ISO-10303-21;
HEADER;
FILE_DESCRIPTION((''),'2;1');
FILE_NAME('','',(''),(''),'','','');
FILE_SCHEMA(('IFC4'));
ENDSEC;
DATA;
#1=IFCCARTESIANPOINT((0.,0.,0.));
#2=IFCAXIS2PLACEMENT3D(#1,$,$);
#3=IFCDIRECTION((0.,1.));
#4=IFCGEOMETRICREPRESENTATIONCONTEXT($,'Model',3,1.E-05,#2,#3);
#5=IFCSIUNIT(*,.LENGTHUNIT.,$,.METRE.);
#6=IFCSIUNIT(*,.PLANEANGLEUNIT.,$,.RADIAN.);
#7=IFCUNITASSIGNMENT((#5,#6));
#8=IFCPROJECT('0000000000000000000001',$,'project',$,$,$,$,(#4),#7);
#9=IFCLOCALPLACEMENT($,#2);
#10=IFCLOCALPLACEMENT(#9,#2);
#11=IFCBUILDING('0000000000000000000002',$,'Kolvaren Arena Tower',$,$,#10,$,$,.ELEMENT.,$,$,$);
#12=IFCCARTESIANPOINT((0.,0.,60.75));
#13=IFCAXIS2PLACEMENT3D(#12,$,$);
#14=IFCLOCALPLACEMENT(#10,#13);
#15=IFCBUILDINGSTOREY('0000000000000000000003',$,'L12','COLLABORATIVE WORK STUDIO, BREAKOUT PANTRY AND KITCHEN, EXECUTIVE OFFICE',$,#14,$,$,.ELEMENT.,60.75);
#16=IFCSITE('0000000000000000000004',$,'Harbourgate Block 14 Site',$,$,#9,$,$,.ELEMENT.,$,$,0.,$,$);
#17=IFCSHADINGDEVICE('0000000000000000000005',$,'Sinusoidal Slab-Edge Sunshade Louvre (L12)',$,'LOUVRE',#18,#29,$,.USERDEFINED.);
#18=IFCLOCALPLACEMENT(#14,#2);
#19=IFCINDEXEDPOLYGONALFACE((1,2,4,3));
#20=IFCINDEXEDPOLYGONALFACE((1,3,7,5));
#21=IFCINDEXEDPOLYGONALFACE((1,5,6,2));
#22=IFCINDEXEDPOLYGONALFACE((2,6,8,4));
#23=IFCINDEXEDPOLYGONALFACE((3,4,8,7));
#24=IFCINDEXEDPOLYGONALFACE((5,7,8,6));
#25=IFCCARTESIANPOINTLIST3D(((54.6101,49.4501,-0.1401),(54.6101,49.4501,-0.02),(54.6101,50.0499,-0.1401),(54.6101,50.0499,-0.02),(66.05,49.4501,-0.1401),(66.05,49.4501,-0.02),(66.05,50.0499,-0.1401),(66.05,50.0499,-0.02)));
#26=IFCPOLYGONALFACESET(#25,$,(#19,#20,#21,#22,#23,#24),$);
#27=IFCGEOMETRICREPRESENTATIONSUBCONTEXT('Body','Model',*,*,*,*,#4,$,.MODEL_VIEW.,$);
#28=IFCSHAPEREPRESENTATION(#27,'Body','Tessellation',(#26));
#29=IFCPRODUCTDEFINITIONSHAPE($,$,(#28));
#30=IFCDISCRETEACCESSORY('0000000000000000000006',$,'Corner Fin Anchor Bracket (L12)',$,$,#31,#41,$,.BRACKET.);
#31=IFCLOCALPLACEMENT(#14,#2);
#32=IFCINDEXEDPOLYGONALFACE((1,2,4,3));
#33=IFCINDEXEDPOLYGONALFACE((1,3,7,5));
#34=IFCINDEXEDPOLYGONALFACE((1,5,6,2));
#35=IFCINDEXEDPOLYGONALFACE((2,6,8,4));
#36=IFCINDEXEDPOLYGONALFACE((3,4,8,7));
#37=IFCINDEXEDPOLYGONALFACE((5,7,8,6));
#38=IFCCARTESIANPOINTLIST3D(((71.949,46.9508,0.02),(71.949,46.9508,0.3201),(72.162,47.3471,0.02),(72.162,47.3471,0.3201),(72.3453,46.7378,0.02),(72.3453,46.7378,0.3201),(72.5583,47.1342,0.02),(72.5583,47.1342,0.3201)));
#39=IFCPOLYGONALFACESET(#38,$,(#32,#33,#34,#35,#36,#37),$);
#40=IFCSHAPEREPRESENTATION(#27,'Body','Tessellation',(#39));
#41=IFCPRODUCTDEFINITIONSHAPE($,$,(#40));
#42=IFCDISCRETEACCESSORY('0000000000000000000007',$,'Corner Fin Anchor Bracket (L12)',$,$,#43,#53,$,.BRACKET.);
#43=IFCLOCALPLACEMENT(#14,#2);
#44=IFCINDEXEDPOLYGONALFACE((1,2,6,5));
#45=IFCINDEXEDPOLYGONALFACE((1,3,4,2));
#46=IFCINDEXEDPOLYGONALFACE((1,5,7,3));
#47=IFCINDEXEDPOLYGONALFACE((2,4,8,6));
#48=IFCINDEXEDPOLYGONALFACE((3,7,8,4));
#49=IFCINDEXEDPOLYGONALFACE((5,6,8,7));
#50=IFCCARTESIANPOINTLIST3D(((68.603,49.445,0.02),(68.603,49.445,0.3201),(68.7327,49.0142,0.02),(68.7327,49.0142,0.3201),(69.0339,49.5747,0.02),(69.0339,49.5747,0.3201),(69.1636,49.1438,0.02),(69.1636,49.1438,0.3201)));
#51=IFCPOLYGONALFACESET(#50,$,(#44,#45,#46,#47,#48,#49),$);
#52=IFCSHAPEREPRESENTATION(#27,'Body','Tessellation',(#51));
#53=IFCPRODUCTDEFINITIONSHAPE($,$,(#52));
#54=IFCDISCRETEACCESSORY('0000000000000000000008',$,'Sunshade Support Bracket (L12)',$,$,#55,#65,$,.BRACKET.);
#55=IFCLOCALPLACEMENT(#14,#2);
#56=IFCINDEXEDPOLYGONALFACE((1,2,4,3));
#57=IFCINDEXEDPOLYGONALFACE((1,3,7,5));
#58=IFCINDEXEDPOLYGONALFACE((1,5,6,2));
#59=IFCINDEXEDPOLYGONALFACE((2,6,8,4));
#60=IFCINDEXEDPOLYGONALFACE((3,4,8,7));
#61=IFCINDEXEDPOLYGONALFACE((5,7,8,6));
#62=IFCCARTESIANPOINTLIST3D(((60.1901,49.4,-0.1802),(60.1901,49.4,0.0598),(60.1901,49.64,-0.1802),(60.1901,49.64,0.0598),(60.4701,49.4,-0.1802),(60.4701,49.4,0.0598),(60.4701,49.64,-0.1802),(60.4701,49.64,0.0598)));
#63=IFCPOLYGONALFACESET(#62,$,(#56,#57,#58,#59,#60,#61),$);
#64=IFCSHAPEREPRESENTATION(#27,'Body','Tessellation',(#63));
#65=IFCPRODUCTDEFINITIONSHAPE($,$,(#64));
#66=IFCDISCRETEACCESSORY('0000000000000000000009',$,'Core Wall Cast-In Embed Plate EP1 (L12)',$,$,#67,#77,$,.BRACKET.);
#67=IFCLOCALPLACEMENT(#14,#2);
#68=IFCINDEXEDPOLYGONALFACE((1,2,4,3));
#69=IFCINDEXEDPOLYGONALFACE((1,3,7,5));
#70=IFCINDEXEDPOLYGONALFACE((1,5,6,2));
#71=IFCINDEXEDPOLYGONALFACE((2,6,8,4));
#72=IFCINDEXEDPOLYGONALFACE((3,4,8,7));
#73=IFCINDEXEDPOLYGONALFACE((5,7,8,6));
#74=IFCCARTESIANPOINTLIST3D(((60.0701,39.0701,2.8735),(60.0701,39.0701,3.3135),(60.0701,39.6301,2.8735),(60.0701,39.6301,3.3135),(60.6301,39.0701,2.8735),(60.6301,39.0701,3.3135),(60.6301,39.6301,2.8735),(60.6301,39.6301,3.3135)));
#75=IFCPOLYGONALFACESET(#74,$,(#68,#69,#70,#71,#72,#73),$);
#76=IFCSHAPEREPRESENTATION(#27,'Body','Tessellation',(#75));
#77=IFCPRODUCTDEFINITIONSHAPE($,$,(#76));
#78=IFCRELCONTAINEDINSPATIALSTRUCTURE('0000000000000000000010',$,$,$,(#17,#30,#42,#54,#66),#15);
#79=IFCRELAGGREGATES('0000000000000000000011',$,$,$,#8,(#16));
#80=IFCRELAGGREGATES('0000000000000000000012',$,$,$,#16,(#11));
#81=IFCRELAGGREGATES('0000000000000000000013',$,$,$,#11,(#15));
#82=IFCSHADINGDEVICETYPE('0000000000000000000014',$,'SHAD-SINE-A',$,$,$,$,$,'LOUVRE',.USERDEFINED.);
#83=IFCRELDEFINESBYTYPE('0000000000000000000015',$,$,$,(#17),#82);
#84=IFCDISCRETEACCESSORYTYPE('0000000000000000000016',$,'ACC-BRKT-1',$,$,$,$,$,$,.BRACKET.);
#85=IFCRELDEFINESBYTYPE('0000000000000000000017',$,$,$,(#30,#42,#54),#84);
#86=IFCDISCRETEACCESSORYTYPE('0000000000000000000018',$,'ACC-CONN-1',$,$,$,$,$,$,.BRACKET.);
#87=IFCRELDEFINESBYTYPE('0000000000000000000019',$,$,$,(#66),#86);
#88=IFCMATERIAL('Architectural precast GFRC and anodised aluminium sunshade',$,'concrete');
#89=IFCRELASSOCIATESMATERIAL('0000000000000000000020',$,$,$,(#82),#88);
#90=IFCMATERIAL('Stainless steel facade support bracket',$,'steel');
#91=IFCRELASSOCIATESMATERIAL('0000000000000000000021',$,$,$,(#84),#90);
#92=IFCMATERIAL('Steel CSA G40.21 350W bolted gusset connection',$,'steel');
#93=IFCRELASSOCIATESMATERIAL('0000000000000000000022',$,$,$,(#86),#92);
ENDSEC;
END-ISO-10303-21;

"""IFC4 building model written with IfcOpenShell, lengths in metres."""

from ifc_helpers import new_model, si_unit, direction, frame, origin, origin_2d, place, context, subcontext, project, spatial, rectangle, extrude, material, type_object, element, save


model = new_model("IFC4")

# Units and contexts
model_context = context("Model", 3, precision=1e-05, world=origin(), true_north=direction((0.0, 1.0)))
body_context = subcontext(model_context, "Body", "Model", "MODEL_VIEW")
ifc_project = project(units=[si_unit("LENGTHUNIT", "METRE"), si_unit("PLANEANGLEUNIT", "RADIAN")], contexts=[model_context])

# Site, building, storey
site_placement = place(None, origin())
site = spatial("IfcSite", under=ifc_project, at=site_placement, Name="Harbourgate Block 14 Site", CompositionType="ELEMENT", RefElevation=0.0)
building_placement = place(site_placement, origin())
building = spatial("IfcBuilding", under=site, at=building_placement, Name="Kolvaren Arena Tower", CompositionType="ELEMENT")
storey_placement = place(building_placement, frame((0.0, 0.0, 60.75)))
storey = spatial("IfcBuildingStorey", under=building, at=storey_placement, Name="L12", Description="COLLABORATIVE WORK STUDIO, BREAKOUT PANTRY AND KITCHEN, EXECUTIVE OFFICE", CompositionType="ELEMENT", Elevation=60.75)

# Shading device
ifc_material_1 = material(Name="Architectural precast GFRC and anodised aluminium sunshade", Category="concrete")
shading_device_type_1 = type_object("IfcShadingDeviceType", Name="SHAD-SINE-A", ElementType="LOUVRE", PredefinedType="USERDEFINED", material=ifc_material_1)
shading_device_placement = place(storey_placement, frame((60.3301, 49.75, -0.1401), z_axis=(0.0, 0.0, 1.0), x_axis=(1.0, 0.0, 0.0)))
element("IfcShadingDevice", 1, at=shading_device_placement, inside=storey, type_object=shading_device_type_1, Name="Sinusoidal Slab-Edge Sunshade Louvre (L12)", ObjectType="LOUVRE", PredefinedType="USERDEFINED", context=body_context, shape_type="SweptSolid", body=[
    extrude(rectangle(XDim=11.4399, YDim=0.5999, at=origin_2d()), origin(), (0.0, 0.0, 1.0), 0.1201),
])

# Discrete accessories
ifc_material_2 = material(Name="Stainless steel facade support bracket", Category="steel")
discrete_accessory_type_1 = type_object("IfcDiscreteAccessoryType", Name="ACC-BRKT-1", PredefinedType="BRACKET", material=ifc_material_2)
for number, where, z_axis, x_axis, name in (
    (2, (72.2537, 47.0425, 0.02), (0.0, 0.0, 1.0), (0.473349, 0.880875, 0.0), "Corner Fin Anchor Bracket (L12)"),
    (3, (68.8833, 49.2944, 0.02), (0.0, 0.0, 1.0), (-0.288175, 0.957578, 0.0), "Corner Fin Anchor Bracket (L12)"),
):
    element("IfcDiscreteAccessory", number, at=place(storey_placement, frame(where, z_axis=z_axis, x_axis=x_axis)), inside=storey, type_object=discrete_accessory_type_1, Name=name, PredefinedType="BRACKET", context=body_context, shape_type="SweptSolid", body=[
        extrude(rectangle(XDim=0.45, YDim=0.45, at=origin_2d()), origin(), (0.0, 0.0, 1.0), 0.3),
    ])
discrete_accessory_1_placement = place(storey_placement, frame((60.3301, 49.52, -0.1802), z_axis=(0.0, 0.0, 1.0), x_axis=(1.0, 0.0, 0.0)))
element("IfcDiscreteAccessory", 4, at=discrete_accessory_1_placement, inside=storey, type_object=discrete_accessory_type_1, Name="Sunshade Support Bracket (L12)", PredefinedType="BRACKET", context=body_context, shape_type="SweptSolid", body=[
    extrude(rectangle(XDim=0.28, YDim=0.24, at=origin_2d()), origin(), (0.0, 0.0, 1.0), 0.24),
])
ifc_material_3 = material(Name="Steel CSA G40.21 350W bolted gusset connection", Category="steel")
discrete_accessory_type_2 = type_object("IfcDiscreteAccessoryType", Name="ACC-CONN-1", PredefinedType="BRACKET", material=ifc_material_3)
discrete_accessory_2_placement = place(storey_placement, frame((60.3501, 39.3501, 2.8735), z_axis=(0.0, 0.0, 1.0), x_axis=(1.0, 0.0, 0.0)))
element("IfcDiscreteAccessory", 5, at=discrete_accessory_2_placement, inside=storey, type_object=discrete_accessory_type_2, Name="Core Wall Cast-In Embed Plate EP1 (L12)", PredefinedType="BRACKET", context=body_context, shape_type="SweptSolid", body=[
    extrude(rectangle(XDim=0.5601, YDim=0.5601, at=origin_2d()), origin(), (0.0, 0.0, 1.0), 0.4399),
])

save(model, "model.ifc")
